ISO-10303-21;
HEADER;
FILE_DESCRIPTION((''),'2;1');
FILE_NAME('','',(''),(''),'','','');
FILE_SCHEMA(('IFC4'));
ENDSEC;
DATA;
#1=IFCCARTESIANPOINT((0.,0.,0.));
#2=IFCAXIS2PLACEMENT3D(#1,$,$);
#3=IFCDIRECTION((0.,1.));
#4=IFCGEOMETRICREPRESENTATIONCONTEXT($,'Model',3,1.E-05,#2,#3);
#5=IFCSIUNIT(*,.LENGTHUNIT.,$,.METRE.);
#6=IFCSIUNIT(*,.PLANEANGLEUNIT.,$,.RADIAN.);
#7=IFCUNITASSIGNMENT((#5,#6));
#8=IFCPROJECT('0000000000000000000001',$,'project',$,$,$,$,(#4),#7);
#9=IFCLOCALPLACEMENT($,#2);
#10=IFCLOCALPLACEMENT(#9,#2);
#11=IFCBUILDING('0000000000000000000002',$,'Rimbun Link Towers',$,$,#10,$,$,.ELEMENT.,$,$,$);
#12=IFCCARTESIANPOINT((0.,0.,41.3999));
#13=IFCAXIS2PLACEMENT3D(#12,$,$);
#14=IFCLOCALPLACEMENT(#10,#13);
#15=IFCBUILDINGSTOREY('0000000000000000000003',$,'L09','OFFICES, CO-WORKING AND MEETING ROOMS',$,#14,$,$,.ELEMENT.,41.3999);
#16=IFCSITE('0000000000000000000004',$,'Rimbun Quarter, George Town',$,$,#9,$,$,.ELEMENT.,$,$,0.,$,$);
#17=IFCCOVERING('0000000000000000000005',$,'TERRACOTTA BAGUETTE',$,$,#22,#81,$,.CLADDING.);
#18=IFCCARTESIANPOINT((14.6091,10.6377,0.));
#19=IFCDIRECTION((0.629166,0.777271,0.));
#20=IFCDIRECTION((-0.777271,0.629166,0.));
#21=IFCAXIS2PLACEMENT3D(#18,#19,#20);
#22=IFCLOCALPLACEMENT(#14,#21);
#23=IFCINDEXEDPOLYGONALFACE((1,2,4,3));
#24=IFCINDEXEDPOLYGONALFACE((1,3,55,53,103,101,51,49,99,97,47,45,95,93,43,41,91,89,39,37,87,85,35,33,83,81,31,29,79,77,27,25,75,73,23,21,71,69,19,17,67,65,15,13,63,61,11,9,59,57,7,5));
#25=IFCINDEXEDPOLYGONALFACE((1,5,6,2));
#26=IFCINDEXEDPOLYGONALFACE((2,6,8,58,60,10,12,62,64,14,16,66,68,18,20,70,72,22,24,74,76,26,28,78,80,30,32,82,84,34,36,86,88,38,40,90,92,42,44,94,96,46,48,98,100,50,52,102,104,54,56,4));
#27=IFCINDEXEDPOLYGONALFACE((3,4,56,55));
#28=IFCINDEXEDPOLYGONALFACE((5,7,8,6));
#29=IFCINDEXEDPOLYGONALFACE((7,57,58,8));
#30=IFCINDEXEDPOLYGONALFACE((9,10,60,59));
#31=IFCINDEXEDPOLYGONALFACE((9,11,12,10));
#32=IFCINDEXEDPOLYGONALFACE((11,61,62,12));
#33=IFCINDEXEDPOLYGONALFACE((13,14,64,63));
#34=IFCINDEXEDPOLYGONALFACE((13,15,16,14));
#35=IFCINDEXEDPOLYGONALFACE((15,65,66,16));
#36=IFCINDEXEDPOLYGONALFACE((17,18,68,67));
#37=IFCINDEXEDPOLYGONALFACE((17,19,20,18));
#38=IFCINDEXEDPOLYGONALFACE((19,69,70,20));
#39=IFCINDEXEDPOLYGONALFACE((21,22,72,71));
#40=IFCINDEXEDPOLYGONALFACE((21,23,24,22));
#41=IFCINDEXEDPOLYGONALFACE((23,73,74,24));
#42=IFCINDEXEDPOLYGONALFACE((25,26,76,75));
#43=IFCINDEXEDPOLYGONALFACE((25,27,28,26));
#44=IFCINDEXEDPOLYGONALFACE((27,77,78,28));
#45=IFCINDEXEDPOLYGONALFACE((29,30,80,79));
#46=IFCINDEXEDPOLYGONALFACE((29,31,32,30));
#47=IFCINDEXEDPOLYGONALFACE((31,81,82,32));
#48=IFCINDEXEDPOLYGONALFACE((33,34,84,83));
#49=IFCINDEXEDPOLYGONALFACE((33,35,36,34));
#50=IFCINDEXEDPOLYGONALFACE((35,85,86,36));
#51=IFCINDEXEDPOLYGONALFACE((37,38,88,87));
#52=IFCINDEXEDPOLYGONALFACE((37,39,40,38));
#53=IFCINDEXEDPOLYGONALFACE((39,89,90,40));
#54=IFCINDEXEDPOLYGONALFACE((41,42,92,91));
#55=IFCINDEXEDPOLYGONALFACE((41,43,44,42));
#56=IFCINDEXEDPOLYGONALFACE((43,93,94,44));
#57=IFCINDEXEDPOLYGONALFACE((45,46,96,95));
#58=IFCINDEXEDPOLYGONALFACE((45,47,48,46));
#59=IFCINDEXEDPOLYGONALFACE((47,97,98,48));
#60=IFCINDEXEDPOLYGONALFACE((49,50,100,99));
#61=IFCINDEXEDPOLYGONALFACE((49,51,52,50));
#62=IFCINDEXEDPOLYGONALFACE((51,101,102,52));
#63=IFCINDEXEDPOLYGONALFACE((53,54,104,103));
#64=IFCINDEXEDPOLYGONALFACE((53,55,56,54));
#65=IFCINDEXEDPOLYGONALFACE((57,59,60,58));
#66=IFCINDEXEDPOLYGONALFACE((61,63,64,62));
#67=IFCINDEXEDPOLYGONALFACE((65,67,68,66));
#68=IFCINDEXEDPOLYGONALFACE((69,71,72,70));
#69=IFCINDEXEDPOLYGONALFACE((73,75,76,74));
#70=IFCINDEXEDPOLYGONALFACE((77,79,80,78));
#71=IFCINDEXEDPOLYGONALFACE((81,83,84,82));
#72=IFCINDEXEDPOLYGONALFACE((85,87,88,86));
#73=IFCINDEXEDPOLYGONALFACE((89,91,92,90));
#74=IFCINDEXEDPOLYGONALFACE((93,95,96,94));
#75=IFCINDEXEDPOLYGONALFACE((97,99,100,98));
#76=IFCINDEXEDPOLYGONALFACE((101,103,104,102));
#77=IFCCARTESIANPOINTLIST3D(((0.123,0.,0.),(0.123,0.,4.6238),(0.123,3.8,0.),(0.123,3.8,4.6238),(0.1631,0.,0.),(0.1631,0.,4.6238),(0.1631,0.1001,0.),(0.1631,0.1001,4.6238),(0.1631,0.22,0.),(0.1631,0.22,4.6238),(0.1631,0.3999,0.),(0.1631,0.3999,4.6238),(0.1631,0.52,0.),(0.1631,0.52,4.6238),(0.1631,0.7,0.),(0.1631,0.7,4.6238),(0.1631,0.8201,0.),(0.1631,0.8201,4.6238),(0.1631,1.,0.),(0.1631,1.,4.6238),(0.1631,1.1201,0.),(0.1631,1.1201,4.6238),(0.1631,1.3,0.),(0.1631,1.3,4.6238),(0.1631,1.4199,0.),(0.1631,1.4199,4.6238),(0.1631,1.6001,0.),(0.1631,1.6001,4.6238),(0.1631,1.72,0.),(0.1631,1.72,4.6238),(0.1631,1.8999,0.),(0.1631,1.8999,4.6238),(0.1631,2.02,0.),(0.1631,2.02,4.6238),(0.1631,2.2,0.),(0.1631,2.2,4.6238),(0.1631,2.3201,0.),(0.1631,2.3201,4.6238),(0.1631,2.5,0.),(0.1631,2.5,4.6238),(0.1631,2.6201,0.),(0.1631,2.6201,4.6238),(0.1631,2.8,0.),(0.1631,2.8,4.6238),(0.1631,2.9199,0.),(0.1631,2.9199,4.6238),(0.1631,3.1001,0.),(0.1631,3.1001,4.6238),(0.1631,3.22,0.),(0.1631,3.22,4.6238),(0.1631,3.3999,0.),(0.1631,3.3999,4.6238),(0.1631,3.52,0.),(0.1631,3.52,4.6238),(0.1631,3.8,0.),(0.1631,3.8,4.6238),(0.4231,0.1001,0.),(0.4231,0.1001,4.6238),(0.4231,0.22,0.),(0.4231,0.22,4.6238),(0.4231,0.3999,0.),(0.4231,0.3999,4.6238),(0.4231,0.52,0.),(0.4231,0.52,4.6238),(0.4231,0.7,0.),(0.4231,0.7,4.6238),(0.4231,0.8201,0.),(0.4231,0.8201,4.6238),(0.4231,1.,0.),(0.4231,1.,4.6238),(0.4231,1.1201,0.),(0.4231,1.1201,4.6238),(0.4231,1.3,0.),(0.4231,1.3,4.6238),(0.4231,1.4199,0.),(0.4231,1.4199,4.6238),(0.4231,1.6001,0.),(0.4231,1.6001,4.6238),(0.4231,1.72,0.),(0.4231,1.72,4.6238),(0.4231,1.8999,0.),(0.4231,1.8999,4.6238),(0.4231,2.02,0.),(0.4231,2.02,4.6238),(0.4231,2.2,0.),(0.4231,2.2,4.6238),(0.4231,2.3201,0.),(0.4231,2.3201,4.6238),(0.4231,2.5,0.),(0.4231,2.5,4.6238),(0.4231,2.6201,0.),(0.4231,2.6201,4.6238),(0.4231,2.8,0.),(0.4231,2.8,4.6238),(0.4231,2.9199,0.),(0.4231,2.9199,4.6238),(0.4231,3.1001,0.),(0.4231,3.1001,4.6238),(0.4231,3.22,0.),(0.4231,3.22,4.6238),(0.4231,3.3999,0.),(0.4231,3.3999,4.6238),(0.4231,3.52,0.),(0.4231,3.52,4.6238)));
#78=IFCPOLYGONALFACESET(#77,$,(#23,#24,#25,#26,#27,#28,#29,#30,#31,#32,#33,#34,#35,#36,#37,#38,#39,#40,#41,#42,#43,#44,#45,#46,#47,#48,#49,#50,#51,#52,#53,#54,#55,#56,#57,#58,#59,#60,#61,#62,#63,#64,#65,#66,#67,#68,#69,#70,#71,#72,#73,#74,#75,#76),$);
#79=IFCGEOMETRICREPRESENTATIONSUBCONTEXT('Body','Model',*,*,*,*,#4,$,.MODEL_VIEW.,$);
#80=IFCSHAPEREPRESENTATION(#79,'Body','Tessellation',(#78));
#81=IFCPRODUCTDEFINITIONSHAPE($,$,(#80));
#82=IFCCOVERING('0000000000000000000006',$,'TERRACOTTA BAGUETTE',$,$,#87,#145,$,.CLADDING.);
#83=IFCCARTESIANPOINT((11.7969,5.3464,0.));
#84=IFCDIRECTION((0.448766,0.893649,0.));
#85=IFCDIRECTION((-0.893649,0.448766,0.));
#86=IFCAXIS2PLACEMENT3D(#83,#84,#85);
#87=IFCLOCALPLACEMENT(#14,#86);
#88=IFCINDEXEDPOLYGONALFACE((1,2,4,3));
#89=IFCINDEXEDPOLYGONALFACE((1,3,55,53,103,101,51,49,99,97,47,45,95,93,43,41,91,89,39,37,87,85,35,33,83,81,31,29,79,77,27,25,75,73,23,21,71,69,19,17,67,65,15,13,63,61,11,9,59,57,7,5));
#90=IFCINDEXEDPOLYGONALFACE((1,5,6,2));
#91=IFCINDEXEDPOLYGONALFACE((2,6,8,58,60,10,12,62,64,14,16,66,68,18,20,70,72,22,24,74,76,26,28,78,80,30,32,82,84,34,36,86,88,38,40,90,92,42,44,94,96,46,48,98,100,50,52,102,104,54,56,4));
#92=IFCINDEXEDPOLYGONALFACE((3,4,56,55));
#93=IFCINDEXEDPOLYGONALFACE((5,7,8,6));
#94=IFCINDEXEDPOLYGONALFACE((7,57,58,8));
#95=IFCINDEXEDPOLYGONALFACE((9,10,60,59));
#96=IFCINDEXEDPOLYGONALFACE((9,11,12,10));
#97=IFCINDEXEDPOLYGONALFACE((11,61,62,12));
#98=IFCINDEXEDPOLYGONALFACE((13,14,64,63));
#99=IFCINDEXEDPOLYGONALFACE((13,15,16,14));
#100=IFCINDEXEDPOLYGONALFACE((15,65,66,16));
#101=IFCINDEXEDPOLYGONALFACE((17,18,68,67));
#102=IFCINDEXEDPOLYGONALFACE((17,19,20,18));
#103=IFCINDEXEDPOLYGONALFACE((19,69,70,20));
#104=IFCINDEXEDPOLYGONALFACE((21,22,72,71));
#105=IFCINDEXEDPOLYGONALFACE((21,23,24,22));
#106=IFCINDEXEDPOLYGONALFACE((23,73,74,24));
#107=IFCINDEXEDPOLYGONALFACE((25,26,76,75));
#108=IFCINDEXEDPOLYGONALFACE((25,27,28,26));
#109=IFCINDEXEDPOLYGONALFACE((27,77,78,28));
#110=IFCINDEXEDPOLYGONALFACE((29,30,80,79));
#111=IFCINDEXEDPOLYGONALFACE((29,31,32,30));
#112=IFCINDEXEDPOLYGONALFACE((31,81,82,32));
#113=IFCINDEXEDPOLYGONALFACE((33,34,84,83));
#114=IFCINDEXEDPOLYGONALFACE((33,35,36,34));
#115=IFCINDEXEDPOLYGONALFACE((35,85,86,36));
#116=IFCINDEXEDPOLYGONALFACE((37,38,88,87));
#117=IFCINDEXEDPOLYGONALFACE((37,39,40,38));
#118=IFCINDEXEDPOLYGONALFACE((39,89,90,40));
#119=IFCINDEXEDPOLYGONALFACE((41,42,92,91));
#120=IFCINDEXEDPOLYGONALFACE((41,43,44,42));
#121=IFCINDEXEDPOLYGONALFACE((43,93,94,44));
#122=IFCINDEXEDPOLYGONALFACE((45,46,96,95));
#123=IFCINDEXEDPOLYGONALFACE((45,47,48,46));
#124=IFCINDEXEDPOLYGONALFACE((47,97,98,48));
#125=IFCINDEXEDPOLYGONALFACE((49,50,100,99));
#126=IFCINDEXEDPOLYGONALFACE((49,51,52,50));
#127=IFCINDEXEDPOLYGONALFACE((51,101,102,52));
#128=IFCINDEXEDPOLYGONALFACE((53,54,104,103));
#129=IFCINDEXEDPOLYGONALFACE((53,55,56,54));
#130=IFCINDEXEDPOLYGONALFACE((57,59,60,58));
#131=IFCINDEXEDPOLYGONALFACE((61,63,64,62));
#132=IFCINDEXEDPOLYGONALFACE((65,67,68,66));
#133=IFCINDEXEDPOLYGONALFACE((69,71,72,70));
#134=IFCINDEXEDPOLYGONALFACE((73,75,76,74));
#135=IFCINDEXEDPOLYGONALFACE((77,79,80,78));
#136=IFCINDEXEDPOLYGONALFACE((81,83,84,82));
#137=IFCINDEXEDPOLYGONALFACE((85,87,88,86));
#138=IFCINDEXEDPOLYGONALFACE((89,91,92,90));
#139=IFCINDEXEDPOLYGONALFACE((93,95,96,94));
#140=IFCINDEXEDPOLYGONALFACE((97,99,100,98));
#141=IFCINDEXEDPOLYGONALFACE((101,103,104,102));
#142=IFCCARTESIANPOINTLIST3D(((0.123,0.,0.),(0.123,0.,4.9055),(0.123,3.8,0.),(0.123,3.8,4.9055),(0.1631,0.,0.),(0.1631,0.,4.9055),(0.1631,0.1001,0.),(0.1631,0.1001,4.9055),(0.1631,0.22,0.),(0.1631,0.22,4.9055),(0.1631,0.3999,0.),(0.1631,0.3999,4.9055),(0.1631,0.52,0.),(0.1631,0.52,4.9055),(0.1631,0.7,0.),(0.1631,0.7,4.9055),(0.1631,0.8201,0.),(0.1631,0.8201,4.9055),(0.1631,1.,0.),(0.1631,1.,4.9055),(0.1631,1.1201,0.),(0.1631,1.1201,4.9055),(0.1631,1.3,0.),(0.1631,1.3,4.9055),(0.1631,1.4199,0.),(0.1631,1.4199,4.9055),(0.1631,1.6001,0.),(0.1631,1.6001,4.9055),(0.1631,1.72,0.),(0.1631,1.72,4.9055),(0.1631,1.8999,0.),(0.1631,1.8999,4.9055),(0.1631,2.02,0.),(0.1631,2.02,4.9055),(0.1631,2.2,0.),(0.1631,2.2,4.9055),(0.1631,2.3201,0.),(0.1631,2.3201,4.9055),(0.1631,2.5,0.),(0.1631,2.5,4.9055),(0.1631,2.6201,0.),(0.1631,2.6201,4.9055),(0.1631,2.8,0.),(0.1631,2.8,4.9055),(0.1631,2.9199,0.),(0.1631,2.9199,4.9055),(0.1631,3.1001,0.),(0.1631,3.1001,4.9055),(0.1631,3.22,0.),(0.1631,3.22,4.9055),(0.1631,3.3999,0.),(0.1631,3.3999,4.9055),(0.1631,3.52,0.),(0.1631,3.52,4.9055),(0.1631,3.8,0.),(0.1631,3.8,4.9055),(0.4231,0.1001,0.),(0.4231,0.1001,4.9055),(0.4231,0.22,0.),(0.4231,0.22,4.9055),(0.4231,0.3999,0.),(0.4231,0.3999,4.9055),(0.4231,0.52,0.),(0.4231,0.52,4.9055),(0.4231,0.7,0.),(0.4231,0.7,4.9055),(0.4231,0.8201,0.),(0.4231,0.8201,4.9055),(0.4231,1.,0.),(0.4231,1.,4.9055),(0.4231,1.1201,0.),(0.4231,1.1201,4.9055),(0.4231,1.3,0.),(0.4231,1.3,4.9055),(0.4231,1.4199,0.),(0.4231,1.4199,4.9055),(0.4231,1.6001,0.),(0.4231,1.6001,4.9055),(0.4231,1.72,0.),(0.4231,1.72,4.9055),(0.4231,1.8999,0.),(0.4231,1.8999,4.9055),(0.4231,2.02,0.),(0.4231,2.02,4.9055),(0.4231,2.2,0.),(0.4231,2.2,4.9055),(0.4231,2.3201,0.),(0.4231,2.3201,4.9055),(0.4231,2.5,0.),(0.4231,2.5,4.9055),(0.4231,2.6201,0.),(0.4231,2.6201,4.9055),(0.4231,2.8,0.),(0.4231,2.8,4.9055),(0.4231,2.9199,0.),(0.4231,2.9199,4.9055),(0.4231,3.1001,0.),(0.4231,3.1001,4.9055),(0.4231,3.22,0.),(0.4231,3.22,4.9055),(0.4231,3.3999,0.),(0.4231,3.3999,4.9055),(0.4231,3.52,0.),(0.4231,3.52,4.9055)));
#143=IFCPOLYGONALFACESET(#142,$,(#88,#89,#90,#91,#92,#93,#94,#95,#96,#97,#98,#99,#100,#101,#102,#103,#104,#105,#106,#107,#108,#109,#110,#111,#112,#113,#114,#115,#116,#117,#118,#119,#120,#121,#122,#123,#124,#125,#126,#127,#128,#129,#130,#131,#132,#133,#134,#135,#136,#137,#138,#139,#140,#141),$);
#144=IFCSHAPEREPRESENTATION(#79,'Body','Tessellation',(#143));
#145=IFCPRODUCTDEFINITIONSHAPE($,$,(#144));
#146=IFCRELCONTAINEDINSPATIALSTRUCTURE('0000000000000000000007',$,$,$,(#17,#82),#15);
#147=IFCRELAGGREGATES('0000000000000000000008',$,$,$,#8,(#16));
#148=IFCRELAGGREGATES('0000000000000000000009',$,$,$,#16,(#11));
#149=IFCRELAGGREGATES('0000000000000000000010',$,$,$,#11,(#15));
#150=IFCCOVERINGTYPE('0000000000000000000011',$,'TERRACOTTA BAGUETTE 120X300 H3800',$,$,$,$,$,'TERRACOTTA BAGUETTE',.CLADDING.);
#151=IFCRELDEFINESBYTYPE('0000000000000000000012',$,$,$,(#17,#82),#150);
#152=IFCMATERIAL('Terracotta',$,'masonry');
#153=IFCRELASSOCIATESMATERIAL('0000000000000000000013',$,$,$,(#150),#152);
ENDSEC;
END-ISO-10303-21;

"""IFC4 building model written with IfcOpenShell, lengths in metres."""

from ifc_helpers import new_model, si_unit, direction, frame, origin, place, context, subcontext, project, spatial, polyline, outline, extrude, material, material_profile, profile_set, type_object, element, save


model = new_model("IFC4")

# Units and contexts
model_context = context("Model", 3, precision=1e-05, world=origin(), true_north=direction((0.0, 1.0)))
body_context = subcontext(model_context, "Body", "Model", "MODEL_VIEW")
ifc_project = project(units=[si_unit("LENGTHUNIT", "METRE"), si_unit("PLANEANGLEUNIT", "RADIAN")], contexts=[model_context])

# Site, building, storey
site_placement = place(None, origin())
site = spatial("IfcSite", under=ifc_project, at=site_placement, Name="Rimbun Quarter, George Town", CompositionType="ELEMENT", RefElevation=0.0)
building_placement = place(site_placement, origin())
building = spatial("IfcBuilding", under=site, at=building_placement, Name="Rimbun Link Towers", CompositionType="ELEMENT")
storey_placement = place(building_placement, frame((0.0, 0.0, 41.3999)))
storey = spatial("IfcBuildingStorey", under=building, at=storey_placement, Name="L09", Description="OFFICES, CO-WORKING AND MEETING ROOMS", CompositionType="ELEMENT", Elevation=41.3999)

# Coverings
ifc_material_1 = material(Name="Terracotta", Category="masonry")
ifc_material_profile_1 = material_profile(ifc_material_1, outline(polyline([(0.123, 0.0), (0.1631, 0.0), (0.1631, 0.1001), (0.4231, 0.1001), (0.4231, 0.22), (0.1631, 0.22), (0.1631, 0.3999), (0.4231, 0.3999), (0.4231, 0.52), (0.1631, 0.52), (0.1631, 0.7), (0.4231, 0.7), (0.4231, 0.8201), (0.1631, 0.8201), (0.1631, 1.0), (0.4231, 1.0), (0.4231, 1.1201), (0.1631, 1.1201), (0.1631, 1.3), (0.4231, 1.3), (0.4231, 1.4199), (0.1631, 1.4199), (0.1631, 1.6001), (0.4231, 1.6001), (0.4231, 1.72), (0.1631, 1.72), (0.1631, 1.8999), (0.4231, 1.8999), (0.4231, 2.02), (0.1631, 2.02), (0.1631, 2.2), (0.4231, 2.2), (0.4231, 2.3201), (0.1631, 2.3201), (0.1631, 2.5), (0.4231, 2.5), (0.4231, 2.6201), (0.1631, 2.6201), (0.1631, 2.8), (0.4231, 2.8), (0.4231, 2.9199), (0.1631, 2.9199), (0.1631, 3.1001), (0.4231, 3.1001), (0.4231, 3.22), (0.1631, 3.22), (0.1631, 3.3999), (0.4231, 3.3999), (0.4231, 3.52), (0.1631, 3.52), (0.1631, 3.8), (0.123, 3.8), (0.123, 0.0)])), Name="BAGUETTE 120X300")
ifc_profile_set_1 = profile_set([ifc_material_profile_1], Name="Terracotta")
covering_type = type_object("IfcCoveringType", Name="TERRACOTTA BAGUETTE 120X300 H3800", ElementType="TERRACOTTA BAGUETTE", PredefinedType="CLADDING", material=ifc_profile_set_1)
covering_1_placement = place(storey_placement, frame((14.6091, 10.6377, 0.0), z_axis=(0.629166, 0.777271, 0.0), x_axis=(-0.777271, 0.629166, 0.0)))
element("IfcCovering", 1, at=covering_1_placement, inside=storey, type_object=covering_type, Name="TERRACOTTA BAGUETTE", PredefinedType="CLADDING", context=body_context, shape_type="SweptSolid", body=[
    extrude(outline(polyline([(0.123, 0.0), (0.1631, 0.0), (0.1631, 0.1001), (0.4231, 0.1001), (0.4231, 0.22), (0.1631, 0.22), (0.1631, 0.3999), (0.4231, 0.3999), (0.4231, 0.52), (0.1631, 0.52), (0.1631, 0.7), (0.4231, 0.7), (0.4231, 0.8201), (0.1631, 0.8201), (0.1631, 1.0), (0.4231, 1.0), (0.4231, 1.1201), (0.1631, 1.1201), (0.1631, 1.3), (0.4231, 1.3), (0.4231, 1.4199), (0.1631, 1.4199), (0.1631, 1.6001), (0.4231, 1.6001), (0.4231, 1.72), (0.1631, 1.72), (0.1631, 1.8999), (0.4231, 1.8999), (0.4231, 2.02), (0.1631, 2.02), (0.1631, 2.2), (0.4231, 2.2), (0.4231, 2.3201), (0.1631, 2.3201), (0.1631, 2.5), (0.4231, 2.5), (0.4231, 2.6201), (0.1631, 2.6201), (0.1631, 2.8), (0.4231, 2.8), (0.4231, 2.9199), (0.1631, 2.9199), (0.1631, 3.1001), (0.4231, 3.1001), (0.4231, 3.22), (0.1631, 3.22), (0.1631, 3.3999), (0.4231, 3.3999), (0.4231, 3.52), (0.1631, 3.52), (0.1631, 3.8), (0.123, 3.8), (0.123, 0.0)])), origin(), (0.0, 0.0, 1.0), 4.6238),
])
covering_2_placement = place(storey_placement, frame((11.7969, 5.3464, 0.0), z_axis=(0.448766, 0.893649, 0.0), x_axis=(-0.893649, 0.448766, 0.0)))
element("IfcCovering", 2, at=covering_2_placement, inside=storey, type_object=covering_type, Name="TERRACOTTA BAGUETTE", PredefinedType="CLADDING", context=body_context, shape_type="SweptSolid", body=[
    extrude(outline(polyline([(0.123, 0.0), (0.1631, 0.0), (0.1631, 0.1001), (0.4231, 0.1001), (0.4231, 0.22), (0.1631, 0.22), (0.1631, 0.3999), (0.4231, 0.3999), (0.4231, 0.52), (0.1631, 0.52), (0.1631, 0.7), (0.4231, 0.7), (0.4231, 0.8201), (0.1631, 0.8201), (0.1631, 1.0), (0.4231, 1.0), (0.4231, 1.1201), (0.1631, 1.1201), (0.1631, 1.3), (0.4231, 1.3), (0.4231, 1.4199), (0.1631, 1.4199), (0.1631, 1.6001), (0.4231, 1.6001), (0.4231, 1.72), (0.1631, 1.72), (0.1631, 1.8999), (0.4231, 1.8999), (0.4231, 2.02), (0.1631, 2.02), (0.1631, 2.2), (0.4231, 2.2), (0.4231, 2.3201), (0.1631, 2.3201), (0.1631, 2.5), (0.4231, 2.5), (0.4231, 2.6201), (0.1631, 2.6201), (0.1631, 2.8), (0.4231, 2.8), (0.4231, 2.9199), (0.1631, 2.9199), (0.1631, 3.1001), (0.4231, 3.1001), (0.4231, 3.22), (0.1631, 3.22), (0.1631, 3.3999), (0.4231, 3.3999), (0.4231, 3.52), (0.1631, 3.52), (0.1631, 3.8), (0.123, 3.8), (0.123, 0.0)])), origin(), (0.0, 0.0, 1.0), 4.9055),
])

save(model, "model.ifc")
